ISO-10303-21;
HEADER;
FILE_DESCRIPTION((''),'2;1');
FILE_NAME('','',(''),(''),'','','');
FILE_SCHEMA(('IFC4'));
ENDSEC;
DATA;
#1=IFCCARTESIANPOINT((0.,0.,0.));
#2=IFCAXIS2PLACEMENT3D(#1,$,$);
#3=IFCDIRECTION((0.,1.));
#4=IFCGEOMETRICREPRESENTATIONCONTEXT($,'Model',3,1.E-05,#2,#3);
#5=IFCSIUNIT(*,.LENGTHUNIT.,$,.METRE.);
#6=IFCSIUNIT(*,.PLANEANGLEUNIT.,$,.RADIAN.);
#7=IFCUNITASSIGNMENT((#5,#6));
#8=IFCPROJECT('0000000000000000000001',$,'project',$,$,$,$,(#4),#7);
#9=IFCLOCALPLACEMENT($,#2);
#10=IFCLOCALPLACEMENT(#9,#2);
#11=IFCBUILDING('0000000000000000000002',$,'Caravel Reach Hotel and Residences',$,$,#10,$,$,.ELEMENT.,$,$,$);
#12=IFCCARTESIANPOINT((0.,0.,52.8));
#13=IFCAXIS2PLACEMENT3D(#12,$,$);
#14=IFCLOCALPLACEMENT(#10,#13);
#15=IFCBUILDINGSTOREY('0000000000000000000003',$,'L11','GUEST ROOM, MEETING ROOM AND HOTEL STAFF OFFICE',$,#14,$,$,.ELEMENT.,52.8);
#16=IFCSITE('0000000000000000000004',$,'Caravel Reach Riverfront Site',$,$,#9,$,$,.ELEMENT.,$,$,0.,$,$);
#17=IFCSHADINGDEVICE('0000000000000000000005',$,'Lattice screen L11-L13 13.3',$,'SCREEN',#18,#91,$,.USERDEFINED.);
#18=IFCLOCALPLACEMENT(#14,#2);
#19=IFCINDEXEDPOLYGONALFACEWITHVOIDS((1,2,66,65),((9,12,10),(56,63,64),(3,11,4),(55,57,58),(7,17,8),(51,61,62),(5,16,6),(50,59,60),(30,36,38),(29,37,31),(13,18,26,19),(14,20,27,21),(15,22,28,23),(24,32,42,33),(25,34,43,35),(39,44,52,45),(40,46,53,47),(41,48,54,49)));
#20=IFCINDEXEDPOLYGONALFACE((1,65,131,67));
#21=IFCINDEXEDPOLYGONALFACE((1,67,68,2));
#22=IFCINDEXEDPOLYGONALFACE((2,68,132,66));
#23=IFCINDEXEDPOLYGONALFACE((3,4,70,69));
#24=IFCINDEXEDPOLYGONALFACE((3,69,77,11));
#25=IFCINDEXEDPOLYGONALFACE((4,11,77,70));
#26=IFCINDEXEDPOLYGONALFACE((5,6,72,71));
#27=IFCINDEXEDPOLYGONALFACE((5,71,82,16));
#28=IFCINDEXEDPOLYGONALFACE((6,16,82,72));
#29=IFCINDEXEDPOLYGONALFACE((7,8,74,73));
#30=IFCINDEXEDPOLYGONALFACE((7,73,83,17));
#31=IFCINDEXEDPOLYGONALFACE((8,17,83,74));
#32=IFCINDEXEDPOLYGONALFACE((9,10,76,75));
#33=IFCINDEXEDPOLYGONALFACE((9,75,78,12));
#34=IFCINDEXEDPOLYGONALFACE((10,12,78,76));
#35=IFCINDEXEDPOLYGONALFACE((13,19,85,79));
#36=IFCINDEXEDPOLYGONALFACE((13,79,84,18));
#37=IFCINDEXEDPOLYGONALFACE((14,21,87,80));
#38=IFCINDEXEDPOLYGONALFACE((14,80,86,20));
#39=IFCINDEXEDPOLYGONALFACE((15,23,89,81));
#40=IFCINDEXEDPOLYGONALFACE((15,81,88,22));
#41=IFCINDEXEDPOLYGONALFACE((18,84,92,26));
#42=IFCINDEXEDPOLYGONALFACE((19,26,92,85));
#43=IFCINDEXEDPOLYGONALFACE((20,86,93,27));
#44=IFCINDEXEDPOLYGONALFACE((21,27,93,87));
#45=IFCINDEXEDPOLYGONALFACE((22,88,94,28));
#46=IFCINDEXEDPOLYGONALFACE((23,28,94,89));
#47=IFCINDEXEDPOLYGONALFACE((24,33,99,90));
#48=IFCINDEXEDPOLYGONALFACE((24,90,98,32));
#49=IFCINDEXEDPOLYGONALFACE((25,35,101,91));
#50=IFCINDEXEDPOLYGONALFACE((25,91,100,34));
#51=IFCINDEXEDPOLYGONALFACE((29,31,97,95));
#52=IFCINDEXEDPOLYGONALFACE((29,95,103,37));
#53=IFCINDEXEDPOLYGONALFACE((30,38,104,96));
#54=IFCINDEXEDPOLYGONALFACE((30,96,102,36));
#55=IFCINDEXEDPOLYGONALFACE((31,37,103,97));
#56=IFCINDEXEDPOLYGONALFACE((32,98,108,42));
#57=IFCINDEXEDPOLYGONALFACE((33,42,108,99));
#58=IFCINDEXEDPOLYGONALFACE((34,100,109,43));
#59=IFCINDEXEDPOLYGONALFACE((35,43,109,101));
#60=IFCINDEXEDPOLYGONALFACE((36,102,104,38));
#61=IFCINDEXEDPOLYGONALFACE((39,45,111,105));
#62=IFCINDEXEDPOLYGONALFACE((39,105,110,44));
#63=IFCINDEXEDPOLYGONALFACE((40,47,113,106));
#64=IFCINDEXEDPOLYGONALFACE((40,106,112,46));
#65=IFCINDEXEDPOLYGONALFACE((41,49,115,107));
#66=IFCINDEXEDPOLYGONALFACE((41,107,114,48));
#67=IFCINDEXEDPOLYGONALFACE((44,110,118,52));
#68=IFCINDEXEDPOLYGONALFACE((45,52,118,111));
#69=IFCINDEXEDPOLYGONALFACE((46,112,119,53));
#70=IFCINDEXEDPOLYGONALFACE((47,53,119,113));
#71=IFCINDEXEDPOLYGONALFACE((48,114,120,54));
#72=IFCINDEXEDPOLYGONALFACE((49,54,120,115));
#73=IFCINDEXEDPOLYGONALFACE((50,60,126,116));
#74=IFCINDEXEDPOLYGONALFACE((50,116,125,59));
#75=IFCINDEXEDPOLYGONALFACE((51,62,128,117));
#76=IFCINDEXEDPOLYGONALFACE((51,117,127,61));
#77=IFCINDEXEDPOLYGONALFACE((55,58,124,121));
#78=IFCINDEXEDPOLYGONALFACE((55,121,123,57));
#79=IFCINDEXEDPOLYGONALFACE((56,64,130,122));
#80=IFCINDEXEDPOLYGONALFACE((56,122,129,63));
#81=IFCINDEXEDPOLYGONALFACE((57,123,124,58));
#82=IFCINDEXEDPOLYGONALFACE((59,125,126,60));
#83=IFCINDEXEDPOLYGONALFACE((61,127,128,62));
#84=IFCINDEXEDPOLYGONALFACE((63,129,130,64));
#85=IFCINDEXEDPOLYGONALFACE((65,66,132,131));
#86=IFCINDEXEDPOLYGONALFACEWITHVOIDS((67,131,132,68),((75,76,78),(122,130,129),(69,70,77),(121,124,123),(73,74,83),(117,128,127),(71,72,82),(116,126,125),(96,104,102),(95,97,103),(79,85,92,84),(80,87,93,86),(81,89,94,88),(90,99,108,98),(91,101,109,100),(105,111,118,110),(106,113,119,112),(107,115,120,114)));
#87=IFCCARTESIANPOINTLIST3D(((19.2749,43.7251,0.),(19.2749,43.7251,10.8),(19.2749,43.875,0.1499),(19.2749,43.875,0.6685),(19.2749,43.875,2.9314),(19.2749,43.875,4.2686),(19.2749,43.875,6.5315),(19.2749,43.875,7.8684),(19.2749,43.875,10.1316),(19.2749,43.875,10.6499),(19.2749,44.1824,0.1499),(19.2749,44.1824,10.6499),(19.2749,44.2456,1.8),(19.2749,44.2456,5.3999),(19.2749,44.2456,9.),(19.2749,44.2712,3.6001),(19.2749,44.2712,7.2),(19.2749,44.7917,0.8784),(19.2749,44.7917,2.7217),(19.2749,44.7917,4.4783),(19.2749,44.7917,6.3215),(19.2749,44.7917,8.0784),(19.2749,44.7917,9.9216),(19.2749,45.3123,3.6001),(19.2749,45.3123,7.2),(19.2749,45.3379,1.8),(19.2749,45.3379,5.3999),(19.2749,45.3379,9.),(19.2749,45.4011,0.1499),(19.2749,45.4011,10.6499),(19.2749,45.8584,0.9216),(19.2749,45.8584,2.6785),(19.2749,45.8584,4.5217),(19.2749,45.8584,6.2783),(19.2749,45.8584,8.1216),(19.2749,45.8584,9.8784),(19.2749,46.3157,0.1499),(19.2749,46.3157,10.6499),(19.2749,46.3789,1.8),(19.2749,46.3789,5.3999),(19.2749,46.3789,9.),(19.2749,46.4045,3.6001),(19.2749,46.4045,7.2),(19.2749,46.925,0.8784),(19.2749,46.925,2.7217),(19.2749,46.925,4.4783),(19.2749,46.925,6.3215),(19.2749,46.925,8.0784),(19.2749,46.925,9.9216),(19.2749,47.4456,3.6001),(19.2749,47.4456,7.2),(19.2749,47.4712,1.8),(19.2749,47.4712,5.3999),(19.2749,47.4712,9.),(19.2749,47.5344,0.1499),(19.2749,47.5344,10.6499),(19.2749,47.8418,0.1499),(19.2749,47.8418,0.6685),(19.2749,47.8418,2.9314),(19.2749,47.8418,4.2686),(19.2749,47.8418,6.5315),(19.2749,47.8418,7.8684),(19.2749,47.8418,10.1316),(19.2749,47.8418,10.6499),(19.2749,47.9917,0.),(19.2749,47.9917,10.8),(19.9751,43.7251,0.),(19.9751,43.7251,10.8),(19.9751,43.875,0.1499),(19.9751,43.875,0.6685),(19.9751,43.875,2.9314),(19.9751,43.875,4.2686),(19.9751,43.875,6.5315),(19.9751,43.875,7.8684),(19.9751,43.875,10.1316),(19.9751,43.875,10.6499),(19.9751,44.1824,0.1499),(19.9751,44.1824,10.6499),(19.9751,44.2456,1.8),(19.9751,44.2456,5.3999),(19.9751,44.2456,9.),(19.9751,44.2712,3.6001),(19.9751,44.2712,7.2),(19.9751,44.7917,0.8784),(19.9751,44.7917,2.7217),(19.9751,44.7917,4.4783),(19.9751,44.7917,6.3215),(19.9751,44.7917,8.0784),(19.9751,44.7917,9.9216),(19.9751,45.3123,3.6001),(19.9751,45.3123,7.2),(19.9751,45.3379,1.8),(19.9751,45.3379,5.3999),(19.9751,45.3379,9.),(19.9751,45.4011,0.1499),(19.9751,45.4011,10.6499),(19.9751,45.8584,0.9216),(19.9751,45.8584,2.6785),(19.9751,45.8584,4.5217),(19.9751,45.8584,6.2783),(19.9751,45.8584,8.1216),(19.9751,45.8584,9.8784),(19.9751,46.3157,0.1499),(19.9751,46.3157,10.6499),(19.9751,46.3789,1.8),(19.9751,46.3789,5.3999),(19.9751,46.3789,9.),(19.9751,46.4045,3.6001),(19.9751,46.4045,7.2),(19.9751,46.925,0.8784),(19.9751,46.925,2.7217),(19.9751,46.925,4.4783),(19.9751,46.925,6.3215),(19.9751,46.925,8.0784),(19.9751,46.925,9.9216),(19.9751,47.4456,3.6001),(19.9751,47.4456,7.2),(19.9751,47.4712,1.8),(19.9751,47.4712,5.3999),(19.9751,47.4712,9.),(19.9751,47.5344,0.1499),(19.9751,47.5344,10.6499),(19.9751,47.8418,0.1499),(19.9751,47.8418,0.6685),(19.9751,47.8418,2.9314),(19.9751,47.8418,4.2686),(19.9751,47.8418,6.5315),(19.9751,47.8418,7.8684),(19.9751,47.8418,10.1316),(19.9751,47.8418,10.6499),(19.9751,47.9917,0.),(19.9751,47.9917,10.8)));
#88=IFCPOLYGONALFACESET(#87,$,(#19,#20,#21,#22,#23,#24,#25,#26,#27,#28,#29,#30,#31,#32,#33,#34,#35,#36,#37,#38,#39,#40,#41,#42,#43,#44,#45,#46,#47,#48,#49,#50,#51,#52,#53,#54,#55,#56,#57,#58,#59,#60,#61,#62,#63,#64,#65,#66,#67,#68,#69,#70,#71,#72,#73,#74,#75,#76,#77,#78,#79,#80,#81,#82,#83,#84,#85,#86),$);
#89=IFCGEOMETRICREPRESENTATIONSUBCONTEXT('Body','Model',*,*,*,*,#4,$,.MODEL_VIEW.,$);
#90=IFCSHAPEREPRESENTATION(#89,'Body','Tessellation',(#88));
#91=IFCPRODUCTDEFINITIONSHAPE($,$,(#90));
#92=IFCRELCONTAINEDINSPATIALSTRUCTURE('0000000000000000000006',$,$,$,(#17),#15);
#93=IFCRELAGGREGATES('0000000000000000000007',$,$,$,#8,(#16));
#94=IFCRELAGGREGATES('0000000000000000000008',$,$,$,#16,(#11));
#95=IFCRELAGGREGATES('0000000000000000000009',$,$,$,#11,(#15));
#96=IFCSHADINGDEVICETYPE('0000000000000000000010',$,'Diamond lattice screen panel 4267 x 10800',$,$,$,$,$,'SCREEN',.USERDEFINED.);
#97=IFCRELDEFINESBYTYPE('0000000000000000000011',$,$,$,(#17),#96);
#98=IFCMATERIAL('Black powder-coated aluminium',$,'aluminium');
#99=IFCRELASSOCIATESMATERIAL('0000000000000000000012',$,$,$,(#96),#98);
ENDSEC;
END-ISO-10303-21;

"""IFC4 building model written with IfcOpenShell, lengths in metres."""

from ifc_helpers import new_model, si_unit, direction, frame, origin, place, context, subcontext, project, spatial, polyline, outline, extrude, material, type_object, element, save


model = new_model("IFC4")

# Units and contexts
model_context = context("Model", 3, precision=1e-05, world=origin(), true_north=direction((0.0, 1.0)))
body_context = subcontext(model_context, "Body", "Model", "MODEL_VIEW")
ifc_project = project(units=[si_unit("LENGTHUNIT", "METRE"), si_unit("PLANEANGLEUNIT", "RADIAN")], contexts=[model_context])

# Site, building, storey
site_placement = place(None, origin())
site = spatial("IfcSite", under=ifc_project, at=site_placement, Name="Caravel Reach Riverfront Site", CompositionType="ELEMENT", RefElevation=0.0)
building_placement = place(site_placement, origin())
building = spatial("IfcBuilding", under=site, at=building_placement, Name="Caravel Reach Hotel and Residences", CompositionType="ELEMENT")
storey_placement = place(building_placement, frame((0.0, 0.0, 52.8)))
storey = spatial("IfcBuildingStorey", under=building, at=storey_placement, Name="L11", Description="GUEST ROOM, MEETING ROOM AND HOTEL STAFF OFFICE", CompositionType="ELEMENT", Elevation=52.8)

# Shading device
ifc_material_1 = material(Name="Black powder-coated aluminium", Category="aluminium")
shading_device_type_1 = type_object("IfcShadingDeviceType", Name="Diamond lattice screen panel 4267 x 10800", ElementType="SCREEN", PredefinedType="USERDEFINED", material=ifc_material_1)
shading_device_1_placement = place(storey_placement, frame((19.9751, 47.9917, 0.0), z_axis=(-1.0, 0.0, 0.0), x_axis=(0.0, -1.0, 0.0)))
element("IfcShadingDevice", 1, at=shading_device_1_placement, inside=storey, type_object=shading_device_type_1, Name="Lattice screen L11-L13 13.3", ObjectType="SCREEN", PredefinedType="USERDEFINED", context=body_context, shape_type="SweptSolid", body=[
    extrude(outline(polyline([(0.0, 0.0), (4.2666, 0.0), (4.2666, 10.8), (0.0, 10.8), (0.0, 0.0)]), holes=[polyline([(0.4573, 0.1499), (0.1499, 0.6685), (0.1499, 0.1499), (0.4573, 0.1499)]), polyline([(0.5461, 3.6001), (0.1499, 4.2686), (0.1499, 2.9314), (0.5461, 3.6001)]), polyline([(0.5461, 7.2), (0.1499, 7.8684), (0.1499, 6.5315), (0.5461, 7.2)]), polyline([(0.1499, 10.1316), (0.4573, 10.6499), (0.1499, 10.6499), (0.1499, 10.1316)]), polyline([(1.0667, 2.7217), (0.5205, 1.8), (1.0667, 0.8784), (1.6128, 1.8), (1.0667, 2.7217)]), polyline([(1.0667, 6.3215), (0.5205, 5.3999), (1.0667, 4.4783), (1.6128, 5.3999), (1.0667, 6.3215)]), polyline([(1.0667, 9.9216), (0.5205, 9.0), (1.0667, 8.0784), (1.6128, 9.0), (1.0667, 9.9216)]), polyline([(2.1333, 0.9216), (1.676, 0.1499), (2.5906, 0.1499), (2.1333, 0.9216)]), polyline([(2.1333, 4.5217), (1.5872, 3.6001), (2.1333, 2.6785), (2.6794, 3.6001), (2.1333, 4.5217)]), polyline([(2.1333, 8.1216), (1.5872, 7.2), (2.1333, 6.2783), (2.6794, 7.2), (2.1333, 8.1216)]), polyline([(2.1333, 9.8784), (2.5906, 10.6499), (1.676, 10.6499), (2.1333, 9.8784)]), polyline([(3.2, 2.7217), (2.6538, 1.8), (3.2, 0.8784), (3.7461, 1.8), (3.2, 2.7217)]), polyline([(3.2, 6.3215), (2.6538, 5.3999), (3.2, 4.4783), (3.7461, 5.3999), (3.2, 6.3215)]), polyline([(3.2, 9.9216), (2.6538, 9.0), (3.2, 8.0784), (3.7461, 9.0), (3.2, 9.9216)]), polyline([(4.1167, 0.6685), (3.8093, 0.1499), (4.1167, 0.1499), (4.1167, 0.6685)]), polyline([(3.7205, 3.6001), (4.1167, 2.9314), (4.1167, 4.2686), (3.7205, 3.6001)]), polyline([(3.7205, 7.2), (4.1167, 6.5315), (4.1167, 7.8684), (3.7205, 7.2)]), polyline([(3.8093, 10.6499), (4.1167, 10.1316), (4.1167, 10.6499), (3.8093, 10.6499)])]), origin(), (0.0, 0.0, 1.0), 0.7002),
])

save(model, "model.ifc")
